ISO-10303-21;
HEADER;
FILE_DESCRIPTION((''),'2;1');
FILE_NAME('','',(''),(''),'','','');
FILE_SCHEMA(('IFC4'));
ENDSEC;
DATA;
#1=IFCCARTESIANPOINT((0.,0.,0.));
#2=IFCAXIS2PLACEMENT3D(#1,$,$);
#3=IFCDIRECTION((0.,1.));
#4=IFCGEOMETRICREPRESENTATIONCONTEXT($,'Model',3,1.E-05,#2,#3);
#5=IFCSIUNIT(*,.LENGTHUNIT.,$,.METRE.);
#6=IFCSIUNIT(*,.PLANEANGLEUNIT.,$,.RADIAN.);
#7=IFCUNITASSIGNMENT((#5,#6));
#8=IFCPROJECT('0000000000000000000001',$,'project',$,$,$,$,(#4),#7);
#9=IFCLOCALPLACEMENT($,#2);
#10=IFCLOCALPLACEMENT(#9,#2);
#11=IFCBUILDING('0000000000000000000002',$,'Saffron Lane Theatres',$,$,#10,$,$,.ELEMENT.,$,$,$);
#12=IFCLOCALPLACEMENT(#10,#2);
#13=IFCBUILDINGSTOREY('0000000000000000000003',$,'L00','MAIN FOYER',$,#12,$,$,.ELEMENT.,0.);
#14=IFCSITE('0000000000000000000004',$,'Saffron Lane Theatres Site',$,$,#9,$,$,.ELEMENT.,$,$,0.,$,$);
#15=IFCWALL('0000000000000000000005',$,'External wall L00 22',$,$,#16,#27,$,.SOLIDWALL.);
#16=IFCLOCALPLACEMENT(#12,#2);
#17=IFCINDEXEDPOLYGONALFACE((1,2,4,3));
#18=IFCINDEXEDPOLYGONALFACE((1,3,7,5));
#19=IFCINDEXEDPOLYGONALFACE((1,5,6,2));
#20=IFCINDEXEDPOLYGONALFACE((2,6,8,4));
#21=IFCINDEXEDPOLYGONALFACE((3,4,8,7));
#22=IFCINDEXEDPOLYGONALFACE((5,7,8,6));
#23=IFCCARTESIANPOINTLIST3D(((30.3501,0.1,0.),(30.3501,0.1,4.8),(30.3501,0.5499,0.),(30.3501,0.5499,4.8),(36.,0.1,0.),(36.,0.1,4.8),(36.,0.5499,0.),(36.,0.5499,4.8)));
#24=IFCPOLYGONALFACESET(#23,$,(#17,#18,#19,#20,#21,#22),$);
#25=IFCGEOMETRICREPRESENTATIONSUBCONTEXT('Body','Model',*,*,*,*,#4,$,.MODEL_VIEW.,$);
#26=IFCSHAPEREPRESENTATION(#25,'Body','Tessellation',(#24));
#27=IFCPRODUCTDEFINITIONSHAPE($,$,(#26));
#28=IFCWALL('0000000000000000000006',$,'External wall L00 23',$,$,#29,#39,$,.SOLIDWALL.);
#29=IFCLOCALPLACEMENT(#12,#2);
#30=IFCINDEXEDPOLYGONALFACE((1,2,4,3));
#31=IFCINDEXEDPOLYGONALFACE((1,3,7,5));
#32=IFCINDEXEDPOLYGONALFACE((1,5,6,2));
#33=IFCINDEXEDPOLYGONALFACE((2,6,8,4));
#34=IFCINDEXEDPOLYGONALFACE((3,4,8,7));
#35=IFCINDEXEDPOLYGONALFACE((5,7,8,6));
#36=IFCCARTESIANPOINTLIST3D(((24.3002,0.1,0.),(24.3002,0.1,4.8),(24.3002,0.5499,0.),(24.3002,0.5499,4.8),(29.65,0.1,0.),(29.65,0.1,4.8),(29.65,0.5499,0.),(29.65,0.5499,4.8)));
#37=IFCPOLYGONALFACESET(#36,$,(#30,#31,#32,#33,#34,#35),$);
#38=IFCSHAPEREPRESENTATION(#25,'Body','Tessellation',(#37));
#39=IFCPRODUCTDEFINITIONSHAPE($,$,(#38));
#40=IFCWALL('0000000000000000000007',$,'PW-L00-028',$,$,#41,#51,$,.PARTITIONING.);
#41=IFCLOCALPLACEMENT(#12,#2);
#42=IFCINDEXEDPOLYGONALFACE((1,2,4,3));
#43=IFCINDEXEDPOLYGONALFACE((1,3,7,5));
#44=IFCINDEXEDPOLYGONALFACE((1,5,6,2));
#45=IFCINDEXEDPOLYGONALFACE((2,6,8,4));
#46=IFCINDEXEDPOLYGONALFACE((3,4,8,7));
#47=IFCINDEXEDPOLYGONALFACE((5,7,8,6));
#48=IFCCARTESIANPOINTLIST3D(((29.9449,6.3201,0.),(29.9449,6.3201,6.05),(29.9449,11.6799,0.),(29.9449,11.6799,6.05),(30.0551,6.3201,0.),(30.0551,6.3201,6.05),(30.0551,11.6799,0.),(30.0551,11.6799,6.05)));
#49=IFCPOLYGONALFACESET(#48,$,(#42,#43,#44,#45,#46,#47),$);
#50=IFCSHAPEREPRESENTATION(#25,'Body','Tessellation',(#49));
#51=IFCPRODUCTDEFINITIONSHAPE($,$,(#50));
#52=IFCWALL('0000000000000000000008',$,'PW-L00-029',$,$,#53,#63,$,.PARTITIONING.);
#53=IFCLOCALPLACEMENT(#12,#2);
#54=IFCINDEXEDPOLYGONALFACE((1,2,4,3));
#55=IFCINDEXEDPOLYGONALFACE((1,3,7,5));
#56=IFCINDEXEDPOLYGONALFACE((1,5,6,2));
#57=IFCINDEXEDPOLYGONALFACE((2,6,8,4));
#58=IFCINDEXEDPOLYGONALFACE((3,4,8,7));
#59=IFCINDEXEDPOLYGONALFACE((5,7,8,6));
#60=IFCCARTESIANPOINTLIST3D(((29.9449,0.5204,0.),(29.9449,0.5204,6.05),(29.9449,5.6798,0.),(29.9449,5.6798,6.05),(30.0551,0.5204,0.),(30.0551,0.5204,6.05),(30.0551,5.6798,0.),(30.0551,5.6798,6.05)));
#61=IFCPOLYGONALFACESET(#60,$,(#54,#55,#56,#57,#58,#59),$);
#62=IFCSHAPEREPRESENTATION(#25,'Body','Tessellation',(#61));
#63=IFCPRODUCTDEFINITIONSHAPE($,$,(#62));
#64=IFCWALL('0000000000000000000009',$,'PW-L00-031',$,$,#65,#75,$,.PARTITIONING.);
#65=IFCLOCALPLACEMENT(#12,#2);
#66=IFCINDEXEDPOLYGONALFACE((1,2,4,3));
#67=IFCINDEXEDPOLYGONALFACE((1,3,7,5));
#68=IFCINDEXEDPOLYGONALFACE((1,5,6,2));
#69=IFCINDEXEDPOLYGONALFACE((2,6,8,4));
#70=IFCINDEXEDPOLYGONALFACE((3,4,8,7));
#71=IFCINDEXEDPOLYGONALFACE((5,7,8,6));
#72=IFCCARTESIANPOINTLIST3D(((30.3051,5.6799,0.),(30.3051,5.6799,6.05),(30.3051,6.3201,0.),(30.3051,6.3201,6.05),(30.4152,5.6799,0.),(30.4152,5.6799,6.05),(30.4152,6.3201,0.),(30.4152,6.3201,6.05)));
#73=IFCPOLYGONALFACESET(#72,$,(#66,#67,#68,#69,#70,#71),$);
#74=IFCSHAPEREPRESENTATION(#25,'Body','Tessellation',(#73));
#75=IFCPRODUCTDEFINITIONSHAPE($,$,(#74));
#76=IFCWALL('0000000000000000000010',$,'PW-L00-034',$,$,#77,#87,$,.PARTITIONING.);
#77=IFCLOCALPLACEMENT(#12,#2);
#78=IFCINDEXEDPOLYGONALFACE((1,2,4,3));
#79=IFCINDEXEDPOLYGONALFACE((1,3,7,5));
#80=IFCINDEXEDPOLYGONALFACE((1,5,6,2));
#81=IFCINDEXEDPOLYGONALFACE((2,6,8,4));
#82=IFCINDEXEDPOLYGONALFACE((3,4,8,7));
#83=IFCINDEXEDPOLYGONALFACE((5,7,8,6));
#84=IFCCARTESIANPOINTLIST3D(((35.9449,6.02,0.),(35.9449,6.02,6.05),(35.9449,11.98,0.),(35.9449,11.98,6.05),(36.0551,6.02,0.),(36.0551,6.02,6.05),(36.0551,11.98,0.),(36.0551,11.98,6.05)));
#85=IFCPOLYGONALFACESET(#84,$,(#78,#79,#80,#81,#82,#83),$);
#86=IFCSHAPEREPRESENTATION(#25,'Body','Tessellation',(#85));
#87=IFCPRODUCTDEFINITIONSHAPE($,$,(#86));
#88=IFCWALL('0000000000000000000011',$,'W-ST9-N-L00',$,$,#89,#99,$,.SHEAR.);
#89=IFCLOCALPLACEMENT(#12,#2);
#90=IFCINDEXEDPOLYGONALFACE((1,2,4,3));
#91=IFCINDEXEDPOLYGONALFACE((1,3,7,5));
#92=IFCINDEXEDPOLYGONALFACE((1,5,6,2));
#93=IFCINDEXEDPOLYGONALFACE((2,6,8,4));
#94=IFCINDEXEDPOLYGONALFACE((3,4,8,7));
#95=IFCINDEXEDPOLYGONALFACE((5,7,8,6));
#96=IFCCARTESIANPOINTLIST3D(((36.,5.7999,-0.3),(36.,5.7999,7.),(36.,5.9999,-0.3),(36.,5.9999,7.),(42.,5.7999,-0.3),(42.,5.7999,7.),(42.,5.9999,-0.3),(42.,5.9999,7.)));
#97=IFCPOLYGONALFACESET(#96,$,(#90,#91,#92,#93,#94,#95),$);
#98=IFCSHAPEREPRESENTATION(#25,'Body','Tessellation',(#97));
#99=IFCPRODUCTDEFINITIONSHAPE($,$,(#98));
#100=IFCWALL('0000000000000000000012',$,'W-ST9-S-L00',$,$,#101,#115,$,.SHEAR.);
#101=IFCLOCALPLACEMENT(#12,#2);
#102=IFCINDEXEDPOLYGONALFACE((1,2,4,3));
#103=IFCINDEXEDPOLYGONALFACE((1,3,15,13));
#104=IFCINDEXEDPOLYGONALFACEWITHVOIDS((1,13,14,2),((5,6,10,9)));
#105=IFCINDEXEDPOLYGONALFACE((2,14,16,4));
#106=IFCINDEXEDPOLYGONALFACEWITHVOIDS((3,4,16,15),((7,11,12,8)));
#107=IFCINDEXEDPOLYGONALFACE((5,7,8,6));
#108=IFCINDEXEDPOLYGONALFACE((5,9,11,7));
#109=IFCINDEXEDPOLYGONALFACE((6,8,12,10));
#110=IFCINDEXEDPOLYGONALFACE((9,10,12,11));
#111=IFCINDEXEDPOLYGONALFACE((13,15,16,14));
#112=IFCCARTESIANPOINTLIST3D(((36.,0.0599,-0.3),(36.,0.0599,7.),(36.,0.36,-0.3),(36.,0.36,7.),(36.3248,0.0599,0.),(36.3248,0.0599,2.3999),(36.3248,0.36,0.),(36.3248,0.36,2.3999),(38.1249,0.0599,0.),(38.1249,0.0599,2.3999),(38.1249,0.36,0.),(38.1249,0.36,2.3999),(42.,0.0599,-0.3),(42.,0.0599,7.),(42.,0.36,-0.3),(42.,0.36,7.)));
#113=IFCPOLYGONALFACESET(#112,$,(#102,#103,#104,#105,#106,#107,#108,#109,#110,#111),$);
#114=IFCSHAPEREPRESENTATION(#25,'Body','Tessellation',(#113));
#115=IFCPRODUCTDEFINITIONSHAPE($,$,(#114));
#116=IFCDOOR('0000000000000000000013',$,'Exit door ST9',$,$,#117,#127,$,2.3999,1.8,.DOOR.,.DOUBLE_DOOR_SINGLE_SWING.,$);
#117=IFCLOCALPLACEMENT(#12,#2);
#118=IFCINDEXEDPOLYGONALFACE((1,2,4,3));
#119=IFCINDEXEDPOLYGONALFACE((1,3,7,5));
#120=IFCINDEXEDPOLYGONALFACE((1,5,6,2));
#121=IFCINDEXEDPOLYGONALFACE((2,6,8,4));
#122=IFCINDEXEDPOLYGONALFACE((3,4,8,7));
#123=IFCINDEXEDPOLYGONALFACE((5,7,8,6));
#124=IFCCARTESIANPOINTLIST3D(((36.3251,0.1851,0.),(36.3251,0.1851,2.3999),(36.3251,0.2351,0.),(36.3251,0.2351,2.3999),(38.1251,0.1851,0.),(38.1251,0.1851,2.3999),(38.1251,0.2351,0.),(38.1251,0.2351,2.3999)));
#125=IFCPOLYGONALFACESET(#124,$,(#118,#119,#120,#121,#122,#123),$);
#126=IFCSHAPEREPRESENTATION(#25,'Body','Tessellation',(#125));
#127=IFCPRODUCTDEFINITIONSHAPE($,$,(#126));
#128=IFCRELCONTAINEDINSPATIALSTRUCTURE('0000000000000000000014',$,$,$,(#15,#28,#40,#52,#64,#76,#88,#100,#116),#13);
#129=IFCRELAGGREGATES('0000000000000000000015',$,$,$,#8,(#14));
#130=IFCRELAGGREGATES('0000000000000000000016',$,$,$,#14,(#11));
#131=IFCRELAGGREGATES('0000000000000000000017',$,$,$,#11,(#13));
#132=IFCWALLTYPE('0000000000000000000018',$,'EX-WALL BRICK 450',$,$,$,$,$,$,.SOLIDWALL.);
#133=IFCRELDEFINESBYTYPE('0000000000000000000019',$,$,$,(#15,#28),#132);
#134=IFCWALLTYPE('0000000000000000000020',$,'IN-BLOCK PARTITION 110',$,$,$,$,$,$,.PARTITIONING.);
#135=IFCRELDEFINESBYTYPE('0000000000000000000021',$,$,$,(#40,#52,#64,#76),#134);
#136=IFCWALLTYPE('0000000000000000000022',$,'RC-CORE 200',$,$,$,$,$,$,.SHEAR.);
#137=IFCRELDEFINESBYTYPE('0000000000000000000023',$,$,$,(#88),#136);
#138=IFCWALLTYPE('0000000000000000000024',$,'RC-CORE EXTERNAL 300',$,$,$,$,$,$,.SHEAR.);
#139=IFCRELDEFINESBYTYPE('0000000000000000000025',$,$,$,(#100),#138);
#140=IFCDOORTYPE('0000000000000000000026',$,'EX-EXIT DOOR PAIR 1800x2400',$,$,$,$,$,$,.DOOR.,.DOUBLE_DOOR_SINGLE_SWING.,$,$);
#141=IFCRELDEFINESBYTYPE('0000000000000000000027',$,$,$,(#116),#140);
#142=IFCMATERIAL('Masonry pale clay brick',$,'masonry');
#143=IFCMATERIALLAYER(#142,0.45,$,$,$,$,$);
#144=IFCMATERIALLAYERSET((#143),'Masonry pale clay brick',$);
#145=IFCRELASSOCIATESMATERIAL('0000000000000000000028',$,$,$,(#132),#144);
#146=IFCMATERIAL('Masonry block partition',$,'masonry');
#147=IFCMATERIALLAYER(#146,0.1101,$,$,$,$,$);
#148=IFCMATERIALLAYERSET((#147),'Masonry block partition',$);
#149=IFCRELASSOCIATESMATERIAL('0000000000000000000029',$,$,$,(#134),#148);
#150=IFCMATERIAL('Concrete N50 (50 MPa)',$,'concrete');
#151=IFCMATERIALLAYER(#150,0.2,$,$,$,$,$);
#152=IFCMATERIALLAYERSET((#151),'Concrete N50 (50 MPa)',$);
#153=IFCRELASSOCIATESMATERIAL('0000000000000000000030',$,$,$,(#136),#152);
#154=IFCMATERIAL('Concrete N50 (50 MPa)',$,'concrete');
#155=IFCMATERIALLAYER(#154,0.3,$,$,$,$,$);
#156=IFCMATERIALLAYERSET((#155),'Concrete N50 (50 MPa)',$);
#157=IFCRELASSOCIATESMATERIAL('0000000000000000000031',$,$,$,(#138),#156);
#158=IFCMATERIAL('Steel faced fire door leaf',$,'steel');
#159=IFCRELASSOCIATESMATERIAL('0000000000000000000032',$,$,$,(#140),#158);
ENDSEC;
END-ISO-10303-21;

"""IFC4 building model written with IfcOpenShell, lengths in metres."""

from ifc_helpers import new_model, si_unit, direction, frame, frame_2d, origin, place, context, subcontext, project, spatial, rectangle, extrude, material, layer, layer_set, type_object, element, fill, save


model = new_model("IFC4")

# Units and contexts
model_context = context("Model", 3, precision=1e-05, world=origin(), true_north=direction((0.0, 1.0)))
body_context = subcontext(model_context, "Body", "Model", "MODEL_VIEW")
ifc_project = project(units=[si_unit("LENGTHUNIT", "METRE"), si_unit("PLANEANGLEUNIT", "RADIAN")], contexts=[model_context])

# Site, building, storey
site_placement = place(None, origin())
site = spatial("IfcSite", under=ifc_project, at=site_placement, Name="Saffron Lane Theatres Site", CompositionType="ELEMENT", RefElevation=0.0)
building_placement = place(site_placement, origin())
building = spatial("IfcBuilding", under=site, at=building_placement, Name="Saffron Lane Theatres", CompositionType="ELEMENT")
storey_placement = place(building_placement, origin())
storey = spatial("IfcBuildingStorey", under=building, at=storey_placement, Name="L00", Description="MAIN FOYER", CompositionType="ELEMENT", Elevation=0.0)

# Walls
ifc_material_1 = material(Name="Masonry pale clay brick", Category="masonry")
ifc_layer_1 = layer(ifc_material_1, 0.45)
ifc_layer_set_1 = layer_set([ifc_layer_1], Name="Masonry pale clay brick")
wall_type_1 = type_object("IfcWallType", Name="EX-WALL BRICK 450", PredefinedType="SOLIDWALL", material=ifc_layer_set_1)
wall_1_placement = place(storey_placement, frame((36.0, 0.325, 0.0), z_axis=(0.0, 0.0, 1.0), x_axis=(-1.0, 0.0, 0.0)))
element("IfcWall", 1, at=wall_1_placement, inside=storey, type_object=wall_type_1, Name="External wall L00 22", PredefinedType="SOLIDWALL", context=body_context, shape_type="SweptSolid", body=[
    extrude(rectangle(XDim=5.6499, YDim=0.45, at=frame_2d((2.825, 0.0))), origin(), (0.0, 0.0, 1.0), 4.8),
])
wall_2_placement = place(storey_placement, frame((29.6499, 0.325, 0.0), z_axis=(0.0, 0.0, 1.0), x_axis=(-1.0, 0.0, 0.0)))
element("IfcWall", 2, at=wall_2_placement, inside=storey, type_object=wall_type_1, Name="External wall L00 23", PredefinedType="SOLIDWALL", context=body_context, shape_type="SweptSolid", body=[
    extrude(rectangle(XDim=5.3499, YDim=0.45, at=frame_2d((2.6748, 0.0))), origin(), (0.0, 0.0, 1.0), 4.8),
])
ifc_material_2 = material(Name="Masonry block partition", Category="masonry")
ifc_layer_2 = layer(ifc_material_2, 0.1101)
ifc_layer_set_2 = layer_set([ifc_layer_2], Name="Masonry block partition")
wall_type_2 = type_object("IfcWallType", Name="IN-BLOCK PARTITION 110", PredefinedType="PARTITIONING", material=ifc_layer_set_2)
wall_3_placement = place(storey_placement, frame((30.0, 6.3201, 0.0), z_axis=(0.0, 0.0, 1.0), x_axis=(0.0, 1.0, 0.0)))
element("IfcWall", 3, at=wall_3_placement, inside=storey, type_object=wall_type_2, Name="PW-L00-028", PredefinedType="PARTITIONING", context=body_context, shape_type="SweptSolid", body=[
    extrude(rectangle(XDim=5.3599, YDim=0.1101, at=frame_2d((2.6799, 0.0))), origin(), (0.0, 0.0, 1.0), 6.05),
])
wall_4_placement = place(storey_placement, frame((30.0, 0.5205, 0.0), z_axis=(0.0, 0.0, 1.0), x_axis=(0.0, 1.0, 0.0)))
element("IfcWall", 4, at=wall_4_placement, inside=storey, type_object=wall_type_2, Name="PW-L00-029", PredefinedType="PARTITIONING", context=body_context, shape_type="SweptSolid", body=[
    extrude(rectangle(XDim=5.1594, YDim=0.1101, at=frame_2d((2.5796, 0.0))), origin(), (0.0, 0.0, 1.0), 6.05),
])
wall_5_placement = place(storey_placement, frame((30.3601, 5.6799, 0.0), z_axis=(0.0, 0.0, 1.0), x_axis=(0.0, 1.0, 0.0)))
element("IfcWall", 5, at=wall_5_placement, inside=storey, type_object=wall_type_2, Name="PW-L00-031", PredefinedType="PARTITIONING", context=body_context, shape_type="SweptSolid", body=[
    extrude(rectangle(XDim=0.6401, YDim=0.1101, at=frame_2d((0.3201, 0.0))), origin(), (0.0, 0.0, 1.0), 6.05),
])
wall_6_placement = place(storey_placement, frame((36.0, 6.02, 0.0), z_axis=(0.0, 0.0, 1.0), x_axis=(0.0, 1.0, 0.0)))
element("IfcWall", 6, at=wall_6_placement, inside=storey, type_object=wall_type_2, Name="PW-L00-034", PredefinedType="PARTITIONING", context=body_context, shape_type="SweptSolid", body=[
    extrude(rectangle(XDim=5.96, YDim=0.1101, at=frame_2d((2.98, 0.0))), origin(), (0.0, 0.0, 1.0), 6.05),
])
ifc_material_3 = material(Name="Concrete N50 (50 MPa)", Category="concrete")
ifc_layer_3 = layer(ifc_material_3, 0.2)
ifc_layer_set_3 = layer_set([ifc_layer_3], Name="Concrete N50 (50 MPa)")
wall_type_3 = type_object("IfcWallType", Name="RC-CORE 200", PredefinedType="SHEAR", material=ifc_layer_set_3)
wall_7_placement = place(storey_placement, frame((36.0, 5.8999, -0.3), z_axis=(0.0, 0.0, 1.0), x_axis=(1.0, 0.0, 0.0)))
element("IfcWall", 7, at=wall_7_placement, inside=storey, type_object=wall_type_3, Name="W-ST9-N-L00", PredefinedType="SHEAR", context=body_context, shape_type="SweptSolid", body=[
    extrude(rectangle(XDim=6.0, YDim=0.2, at=frame_2d((3.0, 0.0))), origin(), (0.0, 0.0, 1.0), 7.3),
])

# Wall, opening, door
ifc_material_4 = material(Name="Concrete N50 (50 MPa)", Category="concrete")
ifc_layer_4 = layer(ifc_material_4, 0.3)
ifc_layer_set_4 = layer_set([ifc_layer_4], Name="Concrete N50 (50 MPa)")
wall_type_4 = type_object("IfcWallType", Name="RC-CORE EXTERNAL 300", PredefinedType="SHEAR", material=ifc_layer_set_4)
wall_8_placement = place(storey_placement, frame((36.0, 0.21, -0.3), z_axis=(0.0, 0.0, 1.0), x_axis=(1.0, 0.0, 0.0)))
wall_8 = element("IfcWall", 8, at=wall_8_placement, inside=storey, type_object=wall_type_4, Name="W-ST9-S-L00", PredefinedType="SHEAR", context=body_context, shape_type="SweptSolid", body=[
    extrude(rectangle(XDim=6.0, YDim=0.3, at=frame_2d((3.0, 0.0))), origin(), (0.0, 0.0, 1.0), 7.3),
])
opening_placement = place(wall_8_placement, frame((0.325, 0.0, 0.3)))
opening = element("IfcOpeningElement", 9, at=opening_placement, cuts=wall_8, PredefinedType="OPENING", context=body_context, shape_type="SweptSolid", body=[
    extrude(rectangle(XDim=1.8, YDim=2.3999, at=frame_2d((0.8999, 1.2))), frame((0.0, 0.1602, 0.0), z_axis=(0.0, -1.0, 0.0), x_axis=(1.0, 0.0, 0.0)), (0.0, 0.0, 1.0), 0.3201),
])
ifc_material_5 = material(Name="Steel faced fire door leaf", Category="steel")
door_type = type_object("IfcDoorType", Name="EX-EXIT DOOR PAIR 1800x2400", OperationType="DOUBLE_DOOR_SINGLE_SWING", PredefinedType="DOOR", material=ifc_material_5)
door_placement = place(opening_placement, frame((1.8, 0.0, 0.0), z_axis=(0.0, 0.0, 1.0), x_axis=(-1.0, 0.0, 0.0)))
door = element("IfcDoor", 10, at=door_placement, inside=storey, type_object=door_type, Name="Exit door ST9", OperationType="DOUBLE_DOOR_SINGLE_SWING", OverallHeight=2.3999, OverallWidth=1.8, PredefinedType="DOOR", context=body_context, shape_type="SweptSolid", body=[
    extrude(rectangle(XDim=1.8, YDim=2.3999, at=frame_2d((0.8999, 1.2))), frame((0.0, 0.0249, 0.0), z_axis=(0.0, -1.0, 0.0), x_axis=(1.0, 0.0, 0.0)), (0.0, 0.0, 1.0), 0.05),
])
fill(opening, door)

save(model, "model.ifc")
